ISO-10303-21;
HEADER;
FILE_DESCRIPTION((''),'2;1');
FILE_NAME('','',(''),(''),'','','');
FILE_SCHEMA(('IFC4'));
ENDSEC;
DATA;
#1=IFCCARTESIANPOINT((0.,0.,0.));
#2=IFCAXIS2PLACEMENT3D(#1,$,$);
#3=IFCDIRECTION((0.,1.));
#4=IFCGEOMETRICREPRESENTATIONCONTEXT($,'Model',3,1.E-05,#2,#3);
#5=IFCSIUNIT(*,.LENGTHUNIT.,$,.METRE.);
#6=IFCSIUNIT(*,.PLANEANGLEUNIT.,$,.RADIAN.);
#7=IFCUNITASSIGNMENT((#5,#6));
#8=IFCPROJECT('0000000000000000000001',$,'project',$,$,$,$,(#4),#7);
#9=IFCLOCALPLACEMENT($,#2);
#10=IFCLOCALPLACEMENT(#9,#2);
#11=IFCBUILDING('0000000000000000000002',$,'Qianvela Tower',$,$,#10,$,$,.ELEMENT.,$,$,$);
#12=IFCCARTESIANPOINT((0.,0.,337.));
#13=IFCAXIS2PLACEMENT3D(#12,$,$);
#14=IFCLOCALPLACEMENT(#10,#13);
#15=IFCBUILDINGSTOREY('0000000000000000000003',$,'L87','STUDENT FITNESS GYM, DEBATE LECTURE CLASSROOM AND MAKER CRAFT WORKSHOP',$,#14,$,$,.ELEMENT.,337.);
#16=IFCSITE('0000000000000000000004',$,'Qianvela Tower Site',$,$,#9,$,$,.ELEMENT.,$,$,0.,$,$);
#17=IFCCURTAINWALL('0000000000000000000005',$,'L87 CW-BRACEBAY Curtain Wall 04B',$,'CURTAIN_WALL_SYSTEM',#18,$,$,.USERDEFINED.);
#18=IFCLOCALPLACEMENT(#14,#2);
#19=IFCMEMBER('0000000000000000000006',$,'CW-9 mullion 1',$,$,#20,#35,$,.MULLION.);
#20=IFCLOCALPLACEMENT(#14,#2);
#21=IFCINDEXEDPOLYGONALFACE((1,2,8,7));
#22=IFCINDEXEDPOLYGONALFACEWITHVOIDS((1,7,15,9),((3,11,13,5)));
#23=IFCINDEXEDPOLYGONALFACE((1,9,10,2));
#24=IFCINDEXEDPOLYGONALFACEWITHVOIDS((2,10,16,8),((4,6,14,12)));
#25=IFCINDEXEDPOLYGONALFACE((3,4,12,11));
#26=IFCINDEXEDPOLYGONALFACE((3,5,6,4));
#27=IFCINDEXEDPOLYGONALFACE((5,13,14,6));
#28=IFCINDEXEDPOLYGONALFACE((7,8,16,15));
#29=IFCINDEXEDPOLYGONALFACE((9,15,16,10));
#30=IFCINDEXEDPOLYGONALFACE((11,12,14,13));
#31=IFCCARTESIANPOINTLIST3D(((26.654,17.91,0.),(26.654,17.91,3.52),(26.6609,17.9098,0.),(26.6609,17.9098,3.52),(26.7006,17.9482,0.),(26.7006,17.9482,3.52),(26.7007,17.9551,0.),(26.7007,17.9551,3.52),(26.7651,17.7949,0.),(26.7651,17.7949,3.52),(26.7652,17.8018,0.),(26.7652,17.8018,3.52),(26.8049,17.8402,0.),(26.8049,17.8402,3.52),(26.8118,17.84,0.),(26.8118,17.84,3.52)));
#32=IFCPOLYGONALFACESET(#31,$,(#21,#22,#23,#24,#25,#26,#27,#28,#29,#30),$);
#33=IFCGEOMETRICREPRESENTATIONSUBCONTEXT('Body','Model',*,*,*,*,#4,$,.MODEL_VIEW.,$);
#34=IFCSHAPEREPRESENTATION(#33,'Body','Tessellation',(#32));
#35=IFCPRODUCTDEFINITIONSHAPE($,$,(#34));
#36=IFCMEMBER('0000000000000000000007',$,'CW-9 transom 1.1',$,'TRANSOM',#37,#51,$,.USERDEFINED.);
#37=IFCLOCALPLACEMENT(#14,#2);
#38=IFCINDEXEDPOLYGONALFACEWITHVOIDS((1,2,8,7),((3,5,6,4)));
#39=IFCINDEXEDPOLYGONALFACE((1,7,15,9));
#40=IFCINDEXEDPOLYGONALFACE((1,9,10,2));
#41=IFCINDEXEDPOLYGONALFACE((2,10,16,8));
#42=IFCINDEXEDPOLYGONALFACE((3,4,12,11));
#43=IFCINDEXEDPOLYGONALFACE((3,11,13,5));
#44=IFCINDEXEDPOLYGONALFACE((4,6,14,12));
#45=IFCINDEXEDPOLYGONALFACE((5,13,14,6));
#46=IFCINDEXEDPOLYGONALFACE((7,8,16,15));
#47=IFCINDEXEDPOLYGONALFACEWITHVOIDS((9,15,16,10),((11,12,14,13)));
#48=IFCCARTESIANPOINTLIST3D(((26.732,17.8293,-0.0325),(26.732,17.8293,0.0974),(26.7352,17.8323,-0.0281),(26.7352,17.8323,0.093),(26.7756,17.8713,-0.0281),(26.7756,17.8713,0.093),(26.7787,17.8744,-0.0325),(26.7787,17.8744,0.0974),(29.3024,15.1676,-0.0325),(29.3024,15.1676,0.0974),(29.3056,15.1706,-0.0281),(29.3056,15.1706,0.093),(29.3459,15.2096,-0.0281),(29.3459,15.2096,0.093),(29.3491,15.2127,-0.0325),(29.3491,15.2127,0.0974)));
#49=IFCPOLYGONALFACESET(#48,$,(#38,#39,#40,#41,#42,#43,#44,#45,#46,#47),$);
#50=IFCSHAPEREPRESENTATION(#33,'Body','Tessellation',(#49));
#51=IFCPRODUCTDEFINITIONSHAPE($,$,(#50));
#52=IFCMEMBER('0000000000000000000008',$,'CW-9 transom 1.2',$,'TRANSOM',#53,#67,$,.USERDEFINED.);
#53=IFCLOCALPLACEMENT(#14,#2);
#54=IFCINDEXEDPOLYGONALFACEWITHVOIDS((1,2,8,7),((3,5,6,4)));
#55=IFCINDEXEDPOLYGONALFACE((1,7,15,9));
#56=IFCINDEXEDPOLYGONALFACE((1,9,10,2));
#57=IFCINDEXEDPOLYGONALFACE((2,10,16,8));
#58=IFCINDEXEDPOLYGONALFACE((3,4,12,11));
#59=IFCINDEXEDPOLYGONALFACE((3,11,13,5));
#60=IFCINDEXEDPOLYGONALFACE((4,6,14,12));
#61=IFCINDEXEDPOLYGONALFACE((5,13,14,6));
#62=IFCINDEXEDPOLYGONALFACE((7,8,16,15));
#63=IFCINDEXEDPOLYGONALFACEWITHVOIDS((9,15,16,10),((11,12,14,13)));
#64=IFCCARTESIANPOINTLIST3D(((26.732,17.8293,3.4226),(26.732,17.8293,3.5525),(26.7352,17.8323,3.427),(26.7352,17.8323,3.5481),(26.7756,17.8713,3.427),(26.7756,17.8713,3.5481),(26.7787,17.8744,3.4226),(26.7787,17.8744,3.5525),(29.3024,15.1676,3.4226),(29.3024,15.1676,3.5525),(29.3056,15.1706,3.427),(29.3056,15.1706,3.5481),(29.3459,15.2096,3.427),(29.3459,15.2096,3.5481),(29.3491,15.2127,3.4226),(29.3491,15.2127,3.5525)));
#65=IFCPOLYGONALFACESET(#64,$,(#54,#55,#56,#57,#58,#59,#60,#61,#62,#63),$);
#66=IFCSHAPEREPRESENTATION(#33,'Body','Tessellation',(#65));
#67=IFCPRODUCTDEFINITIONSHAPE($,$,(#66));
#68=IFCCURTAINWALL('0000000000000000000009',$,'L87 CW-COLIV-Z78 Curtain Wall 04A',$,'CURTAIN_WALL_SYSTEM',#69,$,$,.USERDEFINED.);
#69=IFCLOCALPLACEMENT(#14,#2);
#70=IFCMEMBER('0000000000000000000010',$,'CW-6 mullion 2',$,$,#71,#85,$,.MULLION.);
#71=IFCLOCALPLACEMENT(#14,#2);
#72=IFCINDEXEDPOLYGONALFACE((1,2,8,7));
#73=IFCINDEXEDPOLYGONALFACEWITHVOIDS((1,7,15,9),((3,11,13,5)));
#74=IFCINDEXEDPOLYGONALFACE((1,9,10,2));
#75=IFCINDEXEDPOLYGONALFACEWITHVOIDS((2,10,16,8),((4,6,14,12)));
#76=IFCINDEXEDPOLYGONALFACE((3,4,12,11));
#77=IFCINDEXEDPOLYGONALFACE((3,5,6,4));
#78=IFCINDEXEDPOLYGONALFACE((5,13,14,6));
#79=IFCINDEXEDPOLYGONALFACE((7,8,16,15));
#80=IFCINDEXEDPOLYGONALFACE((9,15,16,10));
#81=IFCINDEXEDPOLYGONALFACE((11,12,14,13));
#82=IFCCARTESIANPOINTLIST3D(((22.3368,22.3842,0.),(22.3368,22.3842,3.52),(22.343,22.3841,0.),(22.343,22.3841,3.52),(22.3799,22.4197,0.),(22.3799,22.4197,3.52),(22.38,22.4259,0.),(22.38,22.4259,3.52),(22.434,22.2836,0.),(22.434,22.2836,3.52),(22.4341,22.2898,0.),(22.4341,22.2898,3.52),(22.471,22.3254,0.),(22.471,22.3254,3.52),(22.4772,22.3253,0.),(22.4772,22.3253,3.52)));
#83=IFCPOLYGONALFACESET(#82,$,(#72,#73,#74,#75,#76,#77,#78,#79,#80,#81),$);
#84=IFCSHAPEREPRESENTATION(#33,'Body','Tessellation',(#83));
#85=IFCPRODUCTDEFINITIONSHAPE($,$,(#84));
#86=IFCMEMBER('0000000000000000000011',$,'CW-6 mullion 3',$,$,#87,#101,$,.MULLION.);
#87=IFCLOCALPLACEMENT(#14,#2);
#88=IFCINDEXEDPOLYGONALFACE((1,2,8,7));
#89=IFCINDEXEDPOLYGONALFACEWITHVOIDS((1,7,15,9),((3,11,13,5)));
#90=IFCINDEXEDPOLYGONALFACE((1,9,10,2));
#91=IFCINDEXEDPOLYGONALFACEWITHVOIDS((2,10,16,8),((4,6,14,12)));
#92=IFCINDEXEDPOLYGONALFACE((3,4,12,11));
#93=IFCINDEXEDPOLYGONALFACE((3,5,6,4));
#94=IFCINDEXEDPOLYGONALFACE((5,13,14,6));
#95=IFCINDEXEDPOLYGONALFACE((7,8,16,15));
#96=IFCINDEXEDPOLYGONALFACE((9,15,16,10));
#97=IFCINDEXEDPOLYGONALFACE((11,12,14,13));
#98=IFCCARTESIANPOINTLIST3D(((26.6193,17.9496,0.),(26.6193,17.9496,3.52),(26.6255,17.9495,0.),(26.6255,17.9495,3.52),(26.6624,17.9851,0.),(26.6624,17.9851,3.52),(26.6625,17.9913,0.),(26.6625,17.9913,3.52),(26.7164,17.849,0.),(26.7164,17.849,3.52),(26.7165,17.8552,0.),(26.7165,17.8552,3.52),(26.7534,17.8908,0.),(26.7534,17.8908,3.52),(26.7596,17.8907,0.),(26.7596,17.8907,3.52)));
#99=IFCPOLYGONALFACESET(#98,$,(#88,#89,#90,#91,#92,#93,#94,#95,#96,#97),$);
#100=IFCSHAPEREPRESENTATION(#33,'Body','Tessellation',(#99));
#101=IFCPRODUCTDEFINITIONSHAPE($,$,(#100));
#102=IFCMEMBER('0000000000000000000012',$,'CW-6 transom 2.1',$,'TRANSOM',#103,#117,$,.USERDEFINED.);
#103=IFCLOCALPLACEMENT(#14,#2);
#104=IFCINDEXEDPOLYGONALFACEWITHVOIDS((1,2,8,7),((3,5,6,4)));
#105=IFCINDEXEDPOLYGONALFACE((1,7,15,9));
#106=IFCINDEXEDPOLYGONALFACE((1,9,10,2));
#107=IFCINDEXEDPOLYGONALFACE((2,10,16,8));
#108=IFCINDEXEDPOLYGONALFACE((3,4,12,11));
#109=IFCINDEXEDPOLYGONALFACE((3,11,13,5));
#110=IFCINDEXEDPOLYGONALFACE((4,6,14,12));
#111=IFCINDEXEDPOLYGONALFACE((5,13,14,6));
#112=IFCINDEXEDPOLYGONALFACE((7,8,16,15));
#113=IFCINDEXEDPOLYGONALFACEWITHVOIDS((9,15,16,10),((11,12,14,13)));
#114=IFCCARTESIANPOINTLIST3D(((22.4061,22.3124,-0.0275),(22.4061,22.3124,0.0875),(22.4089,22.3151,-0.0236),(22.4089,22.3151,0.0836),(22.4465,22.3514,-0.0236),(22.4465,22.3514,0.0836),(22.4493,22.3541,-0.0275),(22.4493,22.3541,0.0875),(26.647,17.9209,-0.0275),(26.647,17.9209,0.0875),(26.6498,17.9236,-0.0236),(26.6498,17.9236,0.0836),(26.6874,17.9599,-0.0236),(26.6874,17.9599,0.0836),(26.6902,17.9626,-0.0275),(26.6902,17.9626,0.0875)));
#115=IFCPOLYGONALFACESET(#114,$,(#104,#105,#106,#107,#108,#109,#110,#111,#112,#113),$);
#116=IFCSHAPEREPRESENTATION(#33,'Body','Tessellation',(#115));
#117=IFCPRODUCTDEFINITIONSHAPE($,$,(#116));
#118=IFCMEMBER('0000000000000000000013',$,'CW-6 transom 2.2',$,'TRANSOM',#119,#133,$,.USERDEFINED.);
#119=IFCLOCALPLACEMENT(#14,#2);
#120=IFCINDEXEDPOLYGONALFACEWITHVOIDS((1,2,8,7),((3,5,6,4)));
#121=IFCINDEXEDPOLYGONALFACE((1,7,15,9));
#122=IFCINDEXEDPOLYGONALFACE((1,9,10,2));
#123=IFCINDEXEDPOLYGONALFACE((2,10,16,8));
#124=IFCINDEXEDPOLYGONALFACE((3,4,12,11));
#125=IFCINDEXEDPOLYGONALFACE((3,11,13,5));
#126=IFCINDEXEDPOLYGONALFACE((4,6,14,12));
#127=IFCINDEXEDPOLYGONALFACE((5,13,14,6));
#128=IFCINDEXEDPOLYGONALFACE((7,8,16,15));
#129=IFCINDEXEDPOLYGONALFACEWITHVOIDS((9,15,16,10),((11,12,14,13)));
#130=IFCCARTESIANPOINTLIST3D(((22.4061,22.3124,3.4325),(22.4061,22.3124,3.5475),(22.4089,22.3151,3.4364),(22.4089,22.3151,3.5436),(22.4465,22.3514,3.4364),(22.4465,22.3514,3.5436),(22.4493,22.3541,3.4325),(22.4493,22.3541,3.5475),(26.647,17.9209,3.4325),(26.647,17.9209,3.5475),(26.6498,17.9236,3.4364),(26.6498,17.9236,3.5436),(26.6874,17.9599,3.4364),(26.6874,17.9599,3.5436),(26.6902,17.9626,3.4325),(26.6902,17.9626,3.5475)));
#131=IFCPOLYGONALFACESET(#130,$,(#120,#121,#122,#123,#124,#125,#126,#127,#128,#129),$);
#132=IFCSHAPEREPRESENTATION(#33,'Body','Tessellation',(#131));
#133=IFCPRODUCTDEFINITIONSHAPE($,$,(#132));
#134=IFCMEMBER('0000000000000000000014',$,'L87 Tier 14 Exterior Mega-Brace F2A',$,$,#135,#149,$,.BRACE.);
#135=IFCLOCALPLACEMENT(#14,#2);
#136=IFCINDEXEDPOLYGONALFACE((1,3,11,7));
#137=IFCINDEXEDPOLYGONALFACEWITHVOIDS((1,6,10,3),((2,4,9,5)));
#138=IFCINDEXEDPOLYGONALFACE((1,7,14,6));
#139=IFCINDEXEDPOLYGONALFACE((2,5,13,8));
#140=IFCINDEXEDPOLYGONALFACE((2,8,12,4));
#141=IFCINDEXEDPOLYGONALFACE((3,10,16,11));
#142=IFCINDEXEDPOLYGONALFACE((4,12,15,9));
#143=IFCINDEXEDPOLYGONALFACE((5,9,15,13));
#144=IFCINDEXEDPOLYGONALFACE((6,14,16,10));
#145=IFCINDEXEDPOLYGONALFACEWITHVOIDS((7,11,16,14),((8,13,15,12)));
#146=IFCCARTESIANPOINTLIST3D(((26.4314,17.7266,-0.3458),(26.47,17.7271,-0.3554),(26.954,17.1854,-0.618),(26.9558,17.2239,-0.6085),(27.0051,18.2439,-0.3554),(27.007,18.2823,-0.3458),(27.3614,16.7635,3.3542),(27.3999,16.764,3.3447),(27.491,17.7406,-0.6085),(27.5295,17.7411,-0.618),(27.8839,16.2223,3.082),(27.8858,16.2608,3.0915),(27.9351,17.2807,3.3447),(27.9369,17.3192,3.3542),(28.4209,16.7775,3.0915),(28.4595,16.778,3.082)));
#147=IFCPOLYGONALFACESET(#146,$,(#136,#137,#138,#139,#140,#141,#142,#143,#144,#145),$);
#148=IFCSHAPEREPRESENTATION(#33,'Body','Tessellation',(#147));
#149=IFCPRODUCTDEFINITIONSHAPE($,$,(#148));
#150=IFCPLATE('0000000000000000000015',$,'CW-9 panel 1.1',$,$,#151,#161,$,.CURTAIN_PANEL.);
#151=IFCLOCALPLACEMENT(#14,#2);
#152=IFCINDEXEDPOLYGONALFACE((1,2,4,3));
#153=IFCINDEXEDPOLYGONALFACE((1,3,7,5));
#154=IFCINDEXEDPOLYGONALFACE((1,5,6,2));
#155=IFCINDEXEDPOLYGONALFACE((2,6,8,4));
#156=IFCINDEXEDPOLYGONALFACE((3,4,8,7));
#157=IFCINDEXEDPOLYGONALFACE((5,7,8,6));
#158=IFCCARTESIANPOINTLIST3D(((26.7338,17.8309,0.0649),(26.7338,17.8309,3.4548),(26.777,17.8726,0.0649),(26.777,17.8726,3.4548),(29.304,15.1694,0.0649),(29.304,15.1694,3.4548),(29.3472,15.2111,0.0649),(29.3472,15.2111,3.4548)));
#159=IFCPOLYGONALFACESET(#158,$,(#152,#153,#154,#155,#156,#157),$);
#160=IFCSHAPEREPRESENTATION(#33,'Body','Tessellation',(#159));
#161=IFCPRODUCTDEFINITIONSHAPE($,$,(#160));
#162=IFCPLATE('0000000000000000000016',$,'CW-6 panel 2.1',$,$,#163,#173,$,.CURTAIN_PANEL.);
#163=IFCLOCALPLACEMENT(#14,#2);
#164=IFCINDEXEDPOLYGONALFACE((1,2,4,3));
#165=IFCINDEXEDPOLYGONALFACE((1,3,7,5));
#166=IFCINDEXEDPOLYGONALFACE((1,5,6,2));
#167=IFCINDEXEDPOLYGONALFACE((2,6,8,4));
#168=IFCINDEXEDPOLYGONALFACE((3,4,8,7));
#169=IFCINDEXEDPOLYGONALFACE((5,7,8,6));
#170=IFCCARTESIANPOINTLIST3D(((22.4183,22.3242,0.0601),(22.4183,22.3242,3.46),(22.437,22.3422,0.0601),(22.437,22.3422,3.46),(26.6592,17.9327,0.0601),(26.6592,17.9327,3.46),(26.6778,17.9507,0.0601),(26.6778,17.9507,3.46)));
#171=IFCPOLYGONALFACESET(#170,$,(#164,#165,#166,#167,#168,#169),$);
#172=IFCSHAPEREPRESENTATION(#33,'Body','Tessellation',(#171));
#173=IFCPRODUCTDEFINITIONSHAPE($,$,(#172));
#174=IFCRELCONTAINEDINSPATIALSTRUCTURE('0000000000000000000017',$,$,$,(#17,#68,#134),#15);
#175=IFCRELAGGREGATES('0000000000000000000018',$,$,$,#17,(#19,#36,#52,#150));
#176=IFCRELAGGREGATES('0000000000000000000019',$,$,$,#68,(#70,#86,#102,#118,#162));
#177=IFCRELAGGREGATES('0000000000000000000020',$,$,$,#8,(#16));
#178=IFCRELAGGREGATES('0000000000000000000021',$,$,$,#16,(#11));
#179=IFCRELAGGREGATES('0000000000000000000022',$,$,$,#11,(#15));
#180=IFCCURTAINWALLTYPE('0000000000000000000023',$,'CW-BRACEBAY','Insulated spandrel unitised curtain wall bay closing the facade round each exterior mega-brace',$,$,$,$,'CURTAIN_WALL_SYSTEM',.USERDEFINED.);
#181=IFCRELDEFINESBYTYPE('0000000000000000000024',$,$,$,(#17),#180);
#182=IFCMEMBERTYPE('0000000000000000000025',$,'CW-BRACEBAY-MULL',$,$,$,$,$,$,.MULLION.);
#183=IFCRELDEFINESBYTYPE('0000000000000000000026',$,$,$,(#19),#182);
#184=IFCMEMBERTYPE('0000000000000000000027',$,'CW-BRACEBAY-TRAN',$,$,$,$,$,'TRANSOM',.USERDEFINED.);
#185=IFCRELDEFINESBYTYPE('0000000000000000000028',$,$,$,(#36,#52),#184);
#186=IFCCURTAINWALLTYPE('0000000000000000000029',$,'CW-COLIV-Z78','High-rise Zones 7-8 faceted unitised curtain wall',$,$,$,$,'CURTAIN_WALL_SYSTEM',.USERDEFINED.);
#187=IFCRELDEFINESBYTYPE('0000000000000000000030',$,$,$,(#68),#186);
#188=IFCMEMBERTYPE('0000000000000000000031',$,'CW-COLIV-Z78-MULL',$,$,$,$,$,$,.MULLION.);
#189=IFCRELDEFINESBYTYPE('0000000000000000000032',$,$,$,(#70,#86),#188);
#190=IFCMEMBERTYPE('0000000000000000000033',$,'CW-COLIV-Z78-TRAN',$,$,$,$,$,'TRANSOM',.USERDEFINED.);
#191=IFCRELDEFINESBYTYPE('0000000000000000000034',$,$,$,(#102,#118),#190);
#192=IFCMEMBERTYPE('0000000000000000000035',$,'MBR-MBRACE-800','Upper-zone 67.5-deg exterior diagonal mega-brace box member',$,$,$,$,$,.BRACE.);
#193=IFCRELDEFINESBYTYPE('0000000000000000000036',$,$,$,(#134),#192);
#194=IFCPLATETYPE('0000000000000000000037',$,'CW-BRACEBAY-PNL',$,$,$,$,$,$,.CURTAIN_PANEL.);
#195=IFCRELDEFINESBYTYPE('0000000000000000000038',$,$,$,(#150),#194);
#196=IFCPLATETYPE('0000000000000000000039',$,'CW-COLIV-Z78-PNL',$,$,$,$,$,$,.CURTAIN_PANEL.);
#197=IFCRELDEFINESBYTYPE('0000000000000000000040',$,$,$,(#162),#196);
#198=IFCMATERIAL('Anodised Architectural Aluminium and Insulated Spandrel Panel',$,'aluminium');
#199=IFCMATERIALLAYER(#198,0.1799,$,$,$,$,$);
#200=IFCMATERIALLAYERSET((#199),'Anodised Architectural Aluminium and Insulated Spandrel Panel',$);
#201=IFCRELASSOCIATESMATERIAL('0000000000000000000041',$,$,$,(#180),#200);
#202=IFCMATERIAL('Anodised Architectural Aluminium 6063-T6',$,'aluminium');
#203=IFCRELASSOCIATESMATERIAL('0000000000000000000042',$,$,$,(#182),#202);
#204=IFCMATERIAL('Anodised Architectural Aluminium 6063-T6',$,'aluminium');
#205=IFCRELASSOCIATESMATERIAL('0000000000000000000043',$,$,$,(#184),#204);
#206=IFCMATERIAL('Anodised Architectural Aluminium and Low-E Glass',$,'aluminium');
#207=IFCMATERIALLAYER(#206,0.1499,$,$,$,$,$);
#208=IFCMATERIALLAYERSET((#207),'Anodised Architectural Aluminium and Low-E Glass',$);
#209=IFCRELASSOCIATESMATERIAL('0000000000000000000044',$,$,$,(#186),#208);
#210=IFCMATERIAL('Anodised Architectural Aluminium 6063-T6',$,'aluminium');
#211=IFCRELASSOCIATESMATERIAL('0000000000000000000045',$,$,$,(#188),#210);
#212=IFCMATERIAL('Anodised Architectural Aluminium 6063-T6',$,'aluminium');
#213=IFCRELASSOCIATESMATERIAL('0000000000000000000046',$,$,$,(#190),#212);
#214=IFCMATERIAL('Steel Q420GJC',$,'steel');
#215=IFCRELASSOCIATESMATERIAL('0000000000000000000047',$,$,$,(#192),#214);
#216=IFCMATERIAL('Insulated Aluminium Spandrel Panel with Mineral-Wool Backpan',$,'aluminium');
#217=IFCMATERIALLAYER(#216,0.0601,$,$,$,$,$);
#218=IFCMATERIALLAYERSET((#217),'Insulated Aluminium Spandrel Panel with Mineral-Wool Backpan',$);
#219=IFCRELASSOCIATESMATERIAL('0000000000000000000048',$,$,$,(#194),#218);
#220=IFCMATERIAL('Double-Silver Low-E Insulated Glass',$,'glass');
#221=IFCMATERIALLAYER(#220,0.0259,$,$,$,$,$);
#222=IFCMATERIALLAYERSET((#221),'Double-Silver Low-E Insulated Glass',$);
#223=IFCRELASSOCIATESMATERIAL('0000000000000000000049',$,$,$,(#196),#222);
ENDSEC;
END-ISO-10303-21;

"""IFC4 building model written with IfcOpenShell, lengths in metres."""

from ifc_helpers import new_model, si_unit, direction, frame, origin, origin_2d, place, context, subcontext, project, spatial, rectangle, hollow_rectangle, extrude, material, layer, layer_set, material_profile, profile_set, type_object, element, aggregate, save


model = new_model("IFC4")

# Units and contexts
model_context = context("Model", 3, precision=1e-05, world=origin(), true_north=direction((0.0, 1.0)))
body_context = subcontext(model_context, "Body", "Model", "MODEL_VIEW")
ifc_project = project(units=[si_unit("LENGTHUNIT", "METRE"), si_unit("PLANEANGLEUNIT", "RADIAN")], contexts=[model_context])

# Site, building, storey
site_placement = place(None, origin())
site = spatial("IfcSite", under=ifc_project, at=site_placement, Name="Qianvela Tower Site", CompositionType="ELEMENT", RefElevation=0.0)
building_placement = place(site_placement, origin())
building = spatial("IfcBuilding", under=site, at=building_placement, Name="Qianvela Tower", CompositionType="ELEMENT")
storey_placement = place(building_placement, frame((0.0, 0.0, 337.0)))
storey = spatial("IfcBuildingStorey", under=building, at=storey_placement, Name="L87", Description="STUDENT FITNESS GYM, DEBATE LECTURE CLASSROOM AND MAKER CRAFT WORKSHOP", CompositionType="ELEMENT", Elevation=337.0)

# Curtain walls, members
ifc_material_1 = material(Name="Anodised Architectural Aluminium and Insulated Spandrel Panel", Category="aluminium")
ifc_layer_1 = layer(ifc_material_1, 0.1799)
ifc_layer_set_1 = layer_set([ifc_layer_1], Name="Anodised Architectural Aluminium and Insulated Spandrel Panel")
curtain_wall_type_1 = type_object("IfcCurtainWallType", Name="CW-BRACEBAY", Description="Insulated spandrel unitised curtain wall bay closing the facade round each exterior mega-brace", ElementType="CURTAIN_WALL_SYSTEM", PredefinedType="USERDEFINED", material=ifc_layer_set_1)
curtain_wall_1_placement = place(storey_placement, origin())
curtain_wall_1 = element("IfcCurtainWall", 1, at=curtain_wall_1_placement, inside=storey, type_object=curtain_wall_type_1, Name="L87 CW-BRACEBAY Curtain Wall 04B", ObjectType="CURTAIN_WALL_SYSTEM", PredefinedType="USERDEFINED")
ifc_material_2 = material(Name="Anodised Architectural Aluminium 6063-T6", Category="aluminium")
ifc_material_profile_1 = material_profile(ifc_material_2, hollow_rectangle(XDim=0.0649, YDim=0.1599, WallThickness=0.0049, at=origin_2d()), Name="ALU-MULL-65x160")
ifc_profile_set_1 = profile_set([ifc_material_profile_1], Name="Anodised Architectural Aluminium 6063-T6")
member_type_1 = type_object("IfcMemberType", Name="CW-BRACEBAY-MULL", PredefinedType="MULLION", material=ifc_profile_set_1)
member_1_placement = place(storey_placement, frame((26.7329, 17.875, 0.0), z_axis=(0.0, 0.0, 1.0), x_axis=(0.719336, 0.694663, 0.0)))
member_1 = element("IfcMember", 2, at=member_1_placement, type_object=member_type_1, Name="CW-9 mullion 1", PredefinedType="MULLION", context=body_context, shape_type="SweptSolid", body=[
    extrude(hollow_rectangle(XDim=0.0649, YDim=0.1599, WallThickness=0.0049, at=origin_2d()), origin(), (0.0, 0.0, 1.0), 3.52),
])
ifc_material_3 = material(Name="Anodised Architectural Aluminium 6063-T6", Category="aluminium")
ifc_material_profile_2 = material_profile(ifc_material_3, hollow_rectangle(XDim=0.0649, YDim=0.1299, WallThickness=0.0044, at=origin_2d()), Name="ALU-TRAN-65x130")
ifc_profile_set_2 = profile_set([ifc_material_profile_2], Name="Anodised Architectural Aluminium 6063-T6")
member_type_2 = type_object("IfcMemberType", Name="CW-BRACEBAY-TRAN", ElementType="TRANSOM", PredefinedType="USERDEFINED", material=ifc_profile_set_2)
member_2_placement = place(storey_placement, frame((26.7554, 17.8518, 0.0325), z_axis=(0.69466, -0.719338, 0.0), x_axis=(0.719338, 0.69466, 0.0)))
member_2 = element("IfcMember", 3, at=member_2_placement, type_object=member_type_2, Name="CW-9 transom 1.1", ObjectType="TRANSOM", PredefinedType="USERDEFINED", context=body_context, shape_type="SweptSolid", body=[
    extrude(hollow_rectangle(XDim=0.0649, YDim=0.1299, WallThickness=0.0044, at=origin_2d()), origin(), (0.0, 0.0, 1.0), 3.7002),
])
member_3_placement = place(storey_placement, frame((26.7554, 17.8518, 3.4875), z_axis=(0.69466, -0.719338, 0.0), x_axis=(0.719338, 0.69466, 0.0)))
member_3 = element("IfcMember", 4, at=member_3_placement, type_object=member_type_2, Name="CW-9 transom 1.2", ObjectType="TRANSOM", PredefinedType="USERDEFINED", context=body_context, shape_type="SweptSolid", body=[
    extrude(hollow_rectangle(XDim=0.0649, YDim=0.1299, WallThickness=0.0044, at=origin_2d()), origin(), (0.0, 0.0, 1.0), 3.7002),
])
ifc_material_4 = material(Name="Anodised Architectural Aluminium and Low-E Glass", Category="aluminium")
ifc_layer_2 = layer(ifc_material_4, 0.1499)
ifc_layer_set_2 = layer_set([ifc_layer_2], Name="Anodised Architectural Aluminium and Low-E Glass")
curtain_wall_type_2 = type_object("IfcCurtainWallType", Name="CW-COLIV-Z78", Description="High-rise Zones 7-8 faceted unitised curtain wall", ElementType="CURTAIN_WALL_SYSTEM", PredefinedType="USERDEFINED", material=ifc_layer_set_2)
curtain_wall_2_placement = place(storey_placement, origin())
curtain_wall_2 = element("IfcCurtainWall", 5, at=curtain_wall_2_placement, inside=storey, type_object=curtain_wall_type_2, Name="L87 CW-COLIV-Z78 Curtain Wall 04A", ObjectType="CURTAIN_WALL_SYSTEM", PredefinedType="USERDEFINED")
ifc_material_5 = material(Name="Anodised Architectural Aluminium 6063-T6", Category="aluminium")
ifc_material_profile_3 = material_profile(ifc_material_5, hollow_rectangle(XDim=0.0601, YDim=0.1399, WallThickness=0.0044, at=origin_2d()), Name="ALU-MULL-60x140")
ifc_profile_set_3 = profile_set([ifc_material_profile_3], Name="Anodised Architectural Aluminium 6063-T6")
member_type_3 = type_object("IfcMemberType", Name="CW-COLIV-Z78-MULL", PredefinedType="MULLION", material=ifc_profile_set_3)
member_4_placement = place(storey_placement, frame((22.407, 22.3547, 0.0), z_axis=(0.0, 0.0, 1.0), x_axis=(0.71934, 0.694658, 0.0)))
member_4 = element("IfcMember", 6, at=member_4_placement, type_object=member_type_3, Name="CW-6 mullion 2", PredefinedType="MULLION", context=body_context, shape_type="SweptSolid", body=[
    extrude(hollow_rectangle(XDim=0.0601, YDim=0.1399, WallThickness=0.0044, at=origin_2d()), origin(), (0.0, 0.0, 1.0), 3.52),
])
member_5_placement = place(storey_placement, frame((26.6895, 17.9202, 0.0), z_axis=(0.0, 0.0, 1.0), x_axis=(0.71934, 0.694658, 0.0)))
member_5 = element("IfcMember", 7, at=member_5_placement, type_object=member_type_3, Name="CW-6 mullion 3", PredefinedType="MULLION", context=body_context, shape_type="SweptSolid", body=[
    extrude(hollow_rectangle(XDim=0.0601, YDim=0.1399, WallThickness=0.0044, at=origin_2d()), origin(), (0.0, 0.0, 1.0), 3.52),
])
ifc_material_6 = material(Name="Anodised Architectural Aluminium 6063-T6", Category="aluminium")
ifc_material_profile_4 = material_profile(ifc_material_6, hollow_rectangle(XDim=0.0601, YDim=0.115, WallThickness=0.0039, at=origin_2d()), Name="ALU-TRAN-60x115")
ifc_profile_set_4 = profile_set([ifc_material_profile_4], Name="Anodised Architectural Aluminium 6063-T6")
member_type_4 = type_object("IfcMemberType", Name="CW-COLIV-Z78-TRAN", ElementType="TRANSOM", PredefinedType="USERDEFINED", material=ifc_profile_set_4)
member_6_placement = place(storey_placement, frame((22.4277, 22.3333, 0.03), z_axis=(0.694662, -0.719336, 0.0), x_axis=(0.719336, 0.694662, 0.0)))
member_6 = element("IfcMember", 8, at=member_6_placement, type_object=member_type_4, Name="CW-6 transom 2.1", ObjectType="TRANSOM", PredefinedType="USERDEFINED", context=body_context, shape_type="SweptSolid", body=[
    extrude(hollow_rectangle(XDim=0.0601, YDim=0.115, WallThickness=0.0039, at=origin_2d()), origin(), (0.0, 0.0, 1.0), 6.105),
])
member_7_placement = place(storey_placement, frame((22.4277, 22.3333, 3.49), z_axis=(0.694662, -0.719336, 0.0), x_axis=(0.719336, 0.694662, 0.0)))
member_7 = element("IfcMember", 9, at=member_7_placement, type_object=member_type_4, Name="CW-6 transom 2.2", ObjectType="TRANSOM", PredefinedType="USERDEFINED", context=body_context, shape_type="SweptSolid", body=[
    extrude(hollow_rectangle(XDim=0.0601, YDim=0.115, WallThickness=0.0039, at=origin_2d()), origin(), (0.0, 0.0, 1.0), 6.105),
])

# Member
ifc_material_7 = material(Name="Steel Q420GJC", Category="steel")
ifc_material_profile_5 = material_profile(ifc_material_7, hollow_rectangle(XDim=0.8, YDim=0.8, WallThickness=0.0281, at=origin_2d()), Name="MBOX-800x800x28")
ifc_profile_set_5 = profile_set([ifc_material_profile_5], Name="Steel Q420GJC")
member_type_5 = type_object("IfcMemberType", Name="MBR-MBRACE-800", Description="Upper-zone 67.5-deg exterior diagonal mega-brace box member", PredefinedType="BRACE", material=ifc_profile_set_5)
member_8_placement = place(storey_placement, frame((26.9805, 17.7339, -0.4819), z_axis=(0.23634, -0.244778, 0.940333), x_axis=(0.719398, 0.694598, 0.0)))
element("IfcMember", 10, at=member_8_placement, inside=storey, type_object=member_type_5, Name="L87 Tier 14 Exterior Mega-Brace F2A", PredefinedType="BRACE", context=body_context, shape_type="SweptSolid", body=[
    extrude(hollow_rectangle(XDim=0.8, YDim=0.8, WallThickness=0.0281, at=origin_2d()), origin(), (0.0, 0.0, 1.0), 3.9348),
])

# Plates
ifc_material_8 = material(Name="Insulated Aluminium Spandrel Panel with Mineral-Wool Backpan", Category="aluminium")
ifc_layer_3 = layer(ifc_material_8, 0.0601)
ifc_layer_set_3 = layer_set([ifc_layer_3], Name="Insulated Aluminium Spandrel Panel with Mineral-Wool Backpan")
plate_type_1 = type_object("IfcPlateType", Name="CW-BRACEBAY-PNL", PredefinedType="CURTAIN_PANEL", material=ifc_layer_set_3)
plate_1_placement = place(storey_placement, frame((28.0405, 16.521, 0.0649), z_axis=(0.0, 0.0, 1.0), x_axis=(0.694663, -0.719336, 0.0)))
plate_1 = element("IfcPlate", 11, at=plate_1_placement, type_object=plate_type_1, Name="CW-9 panel 1.1", PredefinedType="CURTAIN_PANEL", context=body_context, shape_type="SweptSolid", body=[
    extrude(rectangle(XDim=3.7, YDim=0.0601, at=origin_2d()), origin(), (0.0, 0.0, 1.0), 3.3899),
])
aggregate(curtain_wall_1, [member_1, member_2, member_3, plate_1])
ifc_material_9 = material(Name="Double-Silver Low-E Insulated Glass", Category="glass")
ifc_layer_4 = layer(ifc_material_9, 0.0259)
ifc_layer_set_4 = layer_set([ifc_layer_4], Name="Double-Silver Low-E Insulated Glass")
plate_type_2 = type_object("IfcPlateType", Name="CW-COLIV-Z78-PNL", PredefinedType="CURTAIN_PANEL", material=ifc_layer_set_4)
plate_2_placement = place(storey_placement, frame((24.5481, 20.1375, 0.0601), z_axis=(0.0, 0.0, 1.0), x_axis=(0.694658, -0.71934, 0.0)))
plate_2 = element("IfcPlate", 12, at=plate_2_placement, type_object=plate_type_2, Name="CW-6 panel 2.1", PredefinedType="CURTAIN_PANEL", context=body_context, shape_type="SweptSolid", body=[
    extrude(rectangle(XDim=6.105, YDim=0.0259, at=origin_2d()), origin(), (0.0, 0.0, 1.0), 3.3999),
])
aggregate(curtain_wall_2, [member_4, member_5, member_6, member_7, plate_2])

save(model, "model.ifc")
